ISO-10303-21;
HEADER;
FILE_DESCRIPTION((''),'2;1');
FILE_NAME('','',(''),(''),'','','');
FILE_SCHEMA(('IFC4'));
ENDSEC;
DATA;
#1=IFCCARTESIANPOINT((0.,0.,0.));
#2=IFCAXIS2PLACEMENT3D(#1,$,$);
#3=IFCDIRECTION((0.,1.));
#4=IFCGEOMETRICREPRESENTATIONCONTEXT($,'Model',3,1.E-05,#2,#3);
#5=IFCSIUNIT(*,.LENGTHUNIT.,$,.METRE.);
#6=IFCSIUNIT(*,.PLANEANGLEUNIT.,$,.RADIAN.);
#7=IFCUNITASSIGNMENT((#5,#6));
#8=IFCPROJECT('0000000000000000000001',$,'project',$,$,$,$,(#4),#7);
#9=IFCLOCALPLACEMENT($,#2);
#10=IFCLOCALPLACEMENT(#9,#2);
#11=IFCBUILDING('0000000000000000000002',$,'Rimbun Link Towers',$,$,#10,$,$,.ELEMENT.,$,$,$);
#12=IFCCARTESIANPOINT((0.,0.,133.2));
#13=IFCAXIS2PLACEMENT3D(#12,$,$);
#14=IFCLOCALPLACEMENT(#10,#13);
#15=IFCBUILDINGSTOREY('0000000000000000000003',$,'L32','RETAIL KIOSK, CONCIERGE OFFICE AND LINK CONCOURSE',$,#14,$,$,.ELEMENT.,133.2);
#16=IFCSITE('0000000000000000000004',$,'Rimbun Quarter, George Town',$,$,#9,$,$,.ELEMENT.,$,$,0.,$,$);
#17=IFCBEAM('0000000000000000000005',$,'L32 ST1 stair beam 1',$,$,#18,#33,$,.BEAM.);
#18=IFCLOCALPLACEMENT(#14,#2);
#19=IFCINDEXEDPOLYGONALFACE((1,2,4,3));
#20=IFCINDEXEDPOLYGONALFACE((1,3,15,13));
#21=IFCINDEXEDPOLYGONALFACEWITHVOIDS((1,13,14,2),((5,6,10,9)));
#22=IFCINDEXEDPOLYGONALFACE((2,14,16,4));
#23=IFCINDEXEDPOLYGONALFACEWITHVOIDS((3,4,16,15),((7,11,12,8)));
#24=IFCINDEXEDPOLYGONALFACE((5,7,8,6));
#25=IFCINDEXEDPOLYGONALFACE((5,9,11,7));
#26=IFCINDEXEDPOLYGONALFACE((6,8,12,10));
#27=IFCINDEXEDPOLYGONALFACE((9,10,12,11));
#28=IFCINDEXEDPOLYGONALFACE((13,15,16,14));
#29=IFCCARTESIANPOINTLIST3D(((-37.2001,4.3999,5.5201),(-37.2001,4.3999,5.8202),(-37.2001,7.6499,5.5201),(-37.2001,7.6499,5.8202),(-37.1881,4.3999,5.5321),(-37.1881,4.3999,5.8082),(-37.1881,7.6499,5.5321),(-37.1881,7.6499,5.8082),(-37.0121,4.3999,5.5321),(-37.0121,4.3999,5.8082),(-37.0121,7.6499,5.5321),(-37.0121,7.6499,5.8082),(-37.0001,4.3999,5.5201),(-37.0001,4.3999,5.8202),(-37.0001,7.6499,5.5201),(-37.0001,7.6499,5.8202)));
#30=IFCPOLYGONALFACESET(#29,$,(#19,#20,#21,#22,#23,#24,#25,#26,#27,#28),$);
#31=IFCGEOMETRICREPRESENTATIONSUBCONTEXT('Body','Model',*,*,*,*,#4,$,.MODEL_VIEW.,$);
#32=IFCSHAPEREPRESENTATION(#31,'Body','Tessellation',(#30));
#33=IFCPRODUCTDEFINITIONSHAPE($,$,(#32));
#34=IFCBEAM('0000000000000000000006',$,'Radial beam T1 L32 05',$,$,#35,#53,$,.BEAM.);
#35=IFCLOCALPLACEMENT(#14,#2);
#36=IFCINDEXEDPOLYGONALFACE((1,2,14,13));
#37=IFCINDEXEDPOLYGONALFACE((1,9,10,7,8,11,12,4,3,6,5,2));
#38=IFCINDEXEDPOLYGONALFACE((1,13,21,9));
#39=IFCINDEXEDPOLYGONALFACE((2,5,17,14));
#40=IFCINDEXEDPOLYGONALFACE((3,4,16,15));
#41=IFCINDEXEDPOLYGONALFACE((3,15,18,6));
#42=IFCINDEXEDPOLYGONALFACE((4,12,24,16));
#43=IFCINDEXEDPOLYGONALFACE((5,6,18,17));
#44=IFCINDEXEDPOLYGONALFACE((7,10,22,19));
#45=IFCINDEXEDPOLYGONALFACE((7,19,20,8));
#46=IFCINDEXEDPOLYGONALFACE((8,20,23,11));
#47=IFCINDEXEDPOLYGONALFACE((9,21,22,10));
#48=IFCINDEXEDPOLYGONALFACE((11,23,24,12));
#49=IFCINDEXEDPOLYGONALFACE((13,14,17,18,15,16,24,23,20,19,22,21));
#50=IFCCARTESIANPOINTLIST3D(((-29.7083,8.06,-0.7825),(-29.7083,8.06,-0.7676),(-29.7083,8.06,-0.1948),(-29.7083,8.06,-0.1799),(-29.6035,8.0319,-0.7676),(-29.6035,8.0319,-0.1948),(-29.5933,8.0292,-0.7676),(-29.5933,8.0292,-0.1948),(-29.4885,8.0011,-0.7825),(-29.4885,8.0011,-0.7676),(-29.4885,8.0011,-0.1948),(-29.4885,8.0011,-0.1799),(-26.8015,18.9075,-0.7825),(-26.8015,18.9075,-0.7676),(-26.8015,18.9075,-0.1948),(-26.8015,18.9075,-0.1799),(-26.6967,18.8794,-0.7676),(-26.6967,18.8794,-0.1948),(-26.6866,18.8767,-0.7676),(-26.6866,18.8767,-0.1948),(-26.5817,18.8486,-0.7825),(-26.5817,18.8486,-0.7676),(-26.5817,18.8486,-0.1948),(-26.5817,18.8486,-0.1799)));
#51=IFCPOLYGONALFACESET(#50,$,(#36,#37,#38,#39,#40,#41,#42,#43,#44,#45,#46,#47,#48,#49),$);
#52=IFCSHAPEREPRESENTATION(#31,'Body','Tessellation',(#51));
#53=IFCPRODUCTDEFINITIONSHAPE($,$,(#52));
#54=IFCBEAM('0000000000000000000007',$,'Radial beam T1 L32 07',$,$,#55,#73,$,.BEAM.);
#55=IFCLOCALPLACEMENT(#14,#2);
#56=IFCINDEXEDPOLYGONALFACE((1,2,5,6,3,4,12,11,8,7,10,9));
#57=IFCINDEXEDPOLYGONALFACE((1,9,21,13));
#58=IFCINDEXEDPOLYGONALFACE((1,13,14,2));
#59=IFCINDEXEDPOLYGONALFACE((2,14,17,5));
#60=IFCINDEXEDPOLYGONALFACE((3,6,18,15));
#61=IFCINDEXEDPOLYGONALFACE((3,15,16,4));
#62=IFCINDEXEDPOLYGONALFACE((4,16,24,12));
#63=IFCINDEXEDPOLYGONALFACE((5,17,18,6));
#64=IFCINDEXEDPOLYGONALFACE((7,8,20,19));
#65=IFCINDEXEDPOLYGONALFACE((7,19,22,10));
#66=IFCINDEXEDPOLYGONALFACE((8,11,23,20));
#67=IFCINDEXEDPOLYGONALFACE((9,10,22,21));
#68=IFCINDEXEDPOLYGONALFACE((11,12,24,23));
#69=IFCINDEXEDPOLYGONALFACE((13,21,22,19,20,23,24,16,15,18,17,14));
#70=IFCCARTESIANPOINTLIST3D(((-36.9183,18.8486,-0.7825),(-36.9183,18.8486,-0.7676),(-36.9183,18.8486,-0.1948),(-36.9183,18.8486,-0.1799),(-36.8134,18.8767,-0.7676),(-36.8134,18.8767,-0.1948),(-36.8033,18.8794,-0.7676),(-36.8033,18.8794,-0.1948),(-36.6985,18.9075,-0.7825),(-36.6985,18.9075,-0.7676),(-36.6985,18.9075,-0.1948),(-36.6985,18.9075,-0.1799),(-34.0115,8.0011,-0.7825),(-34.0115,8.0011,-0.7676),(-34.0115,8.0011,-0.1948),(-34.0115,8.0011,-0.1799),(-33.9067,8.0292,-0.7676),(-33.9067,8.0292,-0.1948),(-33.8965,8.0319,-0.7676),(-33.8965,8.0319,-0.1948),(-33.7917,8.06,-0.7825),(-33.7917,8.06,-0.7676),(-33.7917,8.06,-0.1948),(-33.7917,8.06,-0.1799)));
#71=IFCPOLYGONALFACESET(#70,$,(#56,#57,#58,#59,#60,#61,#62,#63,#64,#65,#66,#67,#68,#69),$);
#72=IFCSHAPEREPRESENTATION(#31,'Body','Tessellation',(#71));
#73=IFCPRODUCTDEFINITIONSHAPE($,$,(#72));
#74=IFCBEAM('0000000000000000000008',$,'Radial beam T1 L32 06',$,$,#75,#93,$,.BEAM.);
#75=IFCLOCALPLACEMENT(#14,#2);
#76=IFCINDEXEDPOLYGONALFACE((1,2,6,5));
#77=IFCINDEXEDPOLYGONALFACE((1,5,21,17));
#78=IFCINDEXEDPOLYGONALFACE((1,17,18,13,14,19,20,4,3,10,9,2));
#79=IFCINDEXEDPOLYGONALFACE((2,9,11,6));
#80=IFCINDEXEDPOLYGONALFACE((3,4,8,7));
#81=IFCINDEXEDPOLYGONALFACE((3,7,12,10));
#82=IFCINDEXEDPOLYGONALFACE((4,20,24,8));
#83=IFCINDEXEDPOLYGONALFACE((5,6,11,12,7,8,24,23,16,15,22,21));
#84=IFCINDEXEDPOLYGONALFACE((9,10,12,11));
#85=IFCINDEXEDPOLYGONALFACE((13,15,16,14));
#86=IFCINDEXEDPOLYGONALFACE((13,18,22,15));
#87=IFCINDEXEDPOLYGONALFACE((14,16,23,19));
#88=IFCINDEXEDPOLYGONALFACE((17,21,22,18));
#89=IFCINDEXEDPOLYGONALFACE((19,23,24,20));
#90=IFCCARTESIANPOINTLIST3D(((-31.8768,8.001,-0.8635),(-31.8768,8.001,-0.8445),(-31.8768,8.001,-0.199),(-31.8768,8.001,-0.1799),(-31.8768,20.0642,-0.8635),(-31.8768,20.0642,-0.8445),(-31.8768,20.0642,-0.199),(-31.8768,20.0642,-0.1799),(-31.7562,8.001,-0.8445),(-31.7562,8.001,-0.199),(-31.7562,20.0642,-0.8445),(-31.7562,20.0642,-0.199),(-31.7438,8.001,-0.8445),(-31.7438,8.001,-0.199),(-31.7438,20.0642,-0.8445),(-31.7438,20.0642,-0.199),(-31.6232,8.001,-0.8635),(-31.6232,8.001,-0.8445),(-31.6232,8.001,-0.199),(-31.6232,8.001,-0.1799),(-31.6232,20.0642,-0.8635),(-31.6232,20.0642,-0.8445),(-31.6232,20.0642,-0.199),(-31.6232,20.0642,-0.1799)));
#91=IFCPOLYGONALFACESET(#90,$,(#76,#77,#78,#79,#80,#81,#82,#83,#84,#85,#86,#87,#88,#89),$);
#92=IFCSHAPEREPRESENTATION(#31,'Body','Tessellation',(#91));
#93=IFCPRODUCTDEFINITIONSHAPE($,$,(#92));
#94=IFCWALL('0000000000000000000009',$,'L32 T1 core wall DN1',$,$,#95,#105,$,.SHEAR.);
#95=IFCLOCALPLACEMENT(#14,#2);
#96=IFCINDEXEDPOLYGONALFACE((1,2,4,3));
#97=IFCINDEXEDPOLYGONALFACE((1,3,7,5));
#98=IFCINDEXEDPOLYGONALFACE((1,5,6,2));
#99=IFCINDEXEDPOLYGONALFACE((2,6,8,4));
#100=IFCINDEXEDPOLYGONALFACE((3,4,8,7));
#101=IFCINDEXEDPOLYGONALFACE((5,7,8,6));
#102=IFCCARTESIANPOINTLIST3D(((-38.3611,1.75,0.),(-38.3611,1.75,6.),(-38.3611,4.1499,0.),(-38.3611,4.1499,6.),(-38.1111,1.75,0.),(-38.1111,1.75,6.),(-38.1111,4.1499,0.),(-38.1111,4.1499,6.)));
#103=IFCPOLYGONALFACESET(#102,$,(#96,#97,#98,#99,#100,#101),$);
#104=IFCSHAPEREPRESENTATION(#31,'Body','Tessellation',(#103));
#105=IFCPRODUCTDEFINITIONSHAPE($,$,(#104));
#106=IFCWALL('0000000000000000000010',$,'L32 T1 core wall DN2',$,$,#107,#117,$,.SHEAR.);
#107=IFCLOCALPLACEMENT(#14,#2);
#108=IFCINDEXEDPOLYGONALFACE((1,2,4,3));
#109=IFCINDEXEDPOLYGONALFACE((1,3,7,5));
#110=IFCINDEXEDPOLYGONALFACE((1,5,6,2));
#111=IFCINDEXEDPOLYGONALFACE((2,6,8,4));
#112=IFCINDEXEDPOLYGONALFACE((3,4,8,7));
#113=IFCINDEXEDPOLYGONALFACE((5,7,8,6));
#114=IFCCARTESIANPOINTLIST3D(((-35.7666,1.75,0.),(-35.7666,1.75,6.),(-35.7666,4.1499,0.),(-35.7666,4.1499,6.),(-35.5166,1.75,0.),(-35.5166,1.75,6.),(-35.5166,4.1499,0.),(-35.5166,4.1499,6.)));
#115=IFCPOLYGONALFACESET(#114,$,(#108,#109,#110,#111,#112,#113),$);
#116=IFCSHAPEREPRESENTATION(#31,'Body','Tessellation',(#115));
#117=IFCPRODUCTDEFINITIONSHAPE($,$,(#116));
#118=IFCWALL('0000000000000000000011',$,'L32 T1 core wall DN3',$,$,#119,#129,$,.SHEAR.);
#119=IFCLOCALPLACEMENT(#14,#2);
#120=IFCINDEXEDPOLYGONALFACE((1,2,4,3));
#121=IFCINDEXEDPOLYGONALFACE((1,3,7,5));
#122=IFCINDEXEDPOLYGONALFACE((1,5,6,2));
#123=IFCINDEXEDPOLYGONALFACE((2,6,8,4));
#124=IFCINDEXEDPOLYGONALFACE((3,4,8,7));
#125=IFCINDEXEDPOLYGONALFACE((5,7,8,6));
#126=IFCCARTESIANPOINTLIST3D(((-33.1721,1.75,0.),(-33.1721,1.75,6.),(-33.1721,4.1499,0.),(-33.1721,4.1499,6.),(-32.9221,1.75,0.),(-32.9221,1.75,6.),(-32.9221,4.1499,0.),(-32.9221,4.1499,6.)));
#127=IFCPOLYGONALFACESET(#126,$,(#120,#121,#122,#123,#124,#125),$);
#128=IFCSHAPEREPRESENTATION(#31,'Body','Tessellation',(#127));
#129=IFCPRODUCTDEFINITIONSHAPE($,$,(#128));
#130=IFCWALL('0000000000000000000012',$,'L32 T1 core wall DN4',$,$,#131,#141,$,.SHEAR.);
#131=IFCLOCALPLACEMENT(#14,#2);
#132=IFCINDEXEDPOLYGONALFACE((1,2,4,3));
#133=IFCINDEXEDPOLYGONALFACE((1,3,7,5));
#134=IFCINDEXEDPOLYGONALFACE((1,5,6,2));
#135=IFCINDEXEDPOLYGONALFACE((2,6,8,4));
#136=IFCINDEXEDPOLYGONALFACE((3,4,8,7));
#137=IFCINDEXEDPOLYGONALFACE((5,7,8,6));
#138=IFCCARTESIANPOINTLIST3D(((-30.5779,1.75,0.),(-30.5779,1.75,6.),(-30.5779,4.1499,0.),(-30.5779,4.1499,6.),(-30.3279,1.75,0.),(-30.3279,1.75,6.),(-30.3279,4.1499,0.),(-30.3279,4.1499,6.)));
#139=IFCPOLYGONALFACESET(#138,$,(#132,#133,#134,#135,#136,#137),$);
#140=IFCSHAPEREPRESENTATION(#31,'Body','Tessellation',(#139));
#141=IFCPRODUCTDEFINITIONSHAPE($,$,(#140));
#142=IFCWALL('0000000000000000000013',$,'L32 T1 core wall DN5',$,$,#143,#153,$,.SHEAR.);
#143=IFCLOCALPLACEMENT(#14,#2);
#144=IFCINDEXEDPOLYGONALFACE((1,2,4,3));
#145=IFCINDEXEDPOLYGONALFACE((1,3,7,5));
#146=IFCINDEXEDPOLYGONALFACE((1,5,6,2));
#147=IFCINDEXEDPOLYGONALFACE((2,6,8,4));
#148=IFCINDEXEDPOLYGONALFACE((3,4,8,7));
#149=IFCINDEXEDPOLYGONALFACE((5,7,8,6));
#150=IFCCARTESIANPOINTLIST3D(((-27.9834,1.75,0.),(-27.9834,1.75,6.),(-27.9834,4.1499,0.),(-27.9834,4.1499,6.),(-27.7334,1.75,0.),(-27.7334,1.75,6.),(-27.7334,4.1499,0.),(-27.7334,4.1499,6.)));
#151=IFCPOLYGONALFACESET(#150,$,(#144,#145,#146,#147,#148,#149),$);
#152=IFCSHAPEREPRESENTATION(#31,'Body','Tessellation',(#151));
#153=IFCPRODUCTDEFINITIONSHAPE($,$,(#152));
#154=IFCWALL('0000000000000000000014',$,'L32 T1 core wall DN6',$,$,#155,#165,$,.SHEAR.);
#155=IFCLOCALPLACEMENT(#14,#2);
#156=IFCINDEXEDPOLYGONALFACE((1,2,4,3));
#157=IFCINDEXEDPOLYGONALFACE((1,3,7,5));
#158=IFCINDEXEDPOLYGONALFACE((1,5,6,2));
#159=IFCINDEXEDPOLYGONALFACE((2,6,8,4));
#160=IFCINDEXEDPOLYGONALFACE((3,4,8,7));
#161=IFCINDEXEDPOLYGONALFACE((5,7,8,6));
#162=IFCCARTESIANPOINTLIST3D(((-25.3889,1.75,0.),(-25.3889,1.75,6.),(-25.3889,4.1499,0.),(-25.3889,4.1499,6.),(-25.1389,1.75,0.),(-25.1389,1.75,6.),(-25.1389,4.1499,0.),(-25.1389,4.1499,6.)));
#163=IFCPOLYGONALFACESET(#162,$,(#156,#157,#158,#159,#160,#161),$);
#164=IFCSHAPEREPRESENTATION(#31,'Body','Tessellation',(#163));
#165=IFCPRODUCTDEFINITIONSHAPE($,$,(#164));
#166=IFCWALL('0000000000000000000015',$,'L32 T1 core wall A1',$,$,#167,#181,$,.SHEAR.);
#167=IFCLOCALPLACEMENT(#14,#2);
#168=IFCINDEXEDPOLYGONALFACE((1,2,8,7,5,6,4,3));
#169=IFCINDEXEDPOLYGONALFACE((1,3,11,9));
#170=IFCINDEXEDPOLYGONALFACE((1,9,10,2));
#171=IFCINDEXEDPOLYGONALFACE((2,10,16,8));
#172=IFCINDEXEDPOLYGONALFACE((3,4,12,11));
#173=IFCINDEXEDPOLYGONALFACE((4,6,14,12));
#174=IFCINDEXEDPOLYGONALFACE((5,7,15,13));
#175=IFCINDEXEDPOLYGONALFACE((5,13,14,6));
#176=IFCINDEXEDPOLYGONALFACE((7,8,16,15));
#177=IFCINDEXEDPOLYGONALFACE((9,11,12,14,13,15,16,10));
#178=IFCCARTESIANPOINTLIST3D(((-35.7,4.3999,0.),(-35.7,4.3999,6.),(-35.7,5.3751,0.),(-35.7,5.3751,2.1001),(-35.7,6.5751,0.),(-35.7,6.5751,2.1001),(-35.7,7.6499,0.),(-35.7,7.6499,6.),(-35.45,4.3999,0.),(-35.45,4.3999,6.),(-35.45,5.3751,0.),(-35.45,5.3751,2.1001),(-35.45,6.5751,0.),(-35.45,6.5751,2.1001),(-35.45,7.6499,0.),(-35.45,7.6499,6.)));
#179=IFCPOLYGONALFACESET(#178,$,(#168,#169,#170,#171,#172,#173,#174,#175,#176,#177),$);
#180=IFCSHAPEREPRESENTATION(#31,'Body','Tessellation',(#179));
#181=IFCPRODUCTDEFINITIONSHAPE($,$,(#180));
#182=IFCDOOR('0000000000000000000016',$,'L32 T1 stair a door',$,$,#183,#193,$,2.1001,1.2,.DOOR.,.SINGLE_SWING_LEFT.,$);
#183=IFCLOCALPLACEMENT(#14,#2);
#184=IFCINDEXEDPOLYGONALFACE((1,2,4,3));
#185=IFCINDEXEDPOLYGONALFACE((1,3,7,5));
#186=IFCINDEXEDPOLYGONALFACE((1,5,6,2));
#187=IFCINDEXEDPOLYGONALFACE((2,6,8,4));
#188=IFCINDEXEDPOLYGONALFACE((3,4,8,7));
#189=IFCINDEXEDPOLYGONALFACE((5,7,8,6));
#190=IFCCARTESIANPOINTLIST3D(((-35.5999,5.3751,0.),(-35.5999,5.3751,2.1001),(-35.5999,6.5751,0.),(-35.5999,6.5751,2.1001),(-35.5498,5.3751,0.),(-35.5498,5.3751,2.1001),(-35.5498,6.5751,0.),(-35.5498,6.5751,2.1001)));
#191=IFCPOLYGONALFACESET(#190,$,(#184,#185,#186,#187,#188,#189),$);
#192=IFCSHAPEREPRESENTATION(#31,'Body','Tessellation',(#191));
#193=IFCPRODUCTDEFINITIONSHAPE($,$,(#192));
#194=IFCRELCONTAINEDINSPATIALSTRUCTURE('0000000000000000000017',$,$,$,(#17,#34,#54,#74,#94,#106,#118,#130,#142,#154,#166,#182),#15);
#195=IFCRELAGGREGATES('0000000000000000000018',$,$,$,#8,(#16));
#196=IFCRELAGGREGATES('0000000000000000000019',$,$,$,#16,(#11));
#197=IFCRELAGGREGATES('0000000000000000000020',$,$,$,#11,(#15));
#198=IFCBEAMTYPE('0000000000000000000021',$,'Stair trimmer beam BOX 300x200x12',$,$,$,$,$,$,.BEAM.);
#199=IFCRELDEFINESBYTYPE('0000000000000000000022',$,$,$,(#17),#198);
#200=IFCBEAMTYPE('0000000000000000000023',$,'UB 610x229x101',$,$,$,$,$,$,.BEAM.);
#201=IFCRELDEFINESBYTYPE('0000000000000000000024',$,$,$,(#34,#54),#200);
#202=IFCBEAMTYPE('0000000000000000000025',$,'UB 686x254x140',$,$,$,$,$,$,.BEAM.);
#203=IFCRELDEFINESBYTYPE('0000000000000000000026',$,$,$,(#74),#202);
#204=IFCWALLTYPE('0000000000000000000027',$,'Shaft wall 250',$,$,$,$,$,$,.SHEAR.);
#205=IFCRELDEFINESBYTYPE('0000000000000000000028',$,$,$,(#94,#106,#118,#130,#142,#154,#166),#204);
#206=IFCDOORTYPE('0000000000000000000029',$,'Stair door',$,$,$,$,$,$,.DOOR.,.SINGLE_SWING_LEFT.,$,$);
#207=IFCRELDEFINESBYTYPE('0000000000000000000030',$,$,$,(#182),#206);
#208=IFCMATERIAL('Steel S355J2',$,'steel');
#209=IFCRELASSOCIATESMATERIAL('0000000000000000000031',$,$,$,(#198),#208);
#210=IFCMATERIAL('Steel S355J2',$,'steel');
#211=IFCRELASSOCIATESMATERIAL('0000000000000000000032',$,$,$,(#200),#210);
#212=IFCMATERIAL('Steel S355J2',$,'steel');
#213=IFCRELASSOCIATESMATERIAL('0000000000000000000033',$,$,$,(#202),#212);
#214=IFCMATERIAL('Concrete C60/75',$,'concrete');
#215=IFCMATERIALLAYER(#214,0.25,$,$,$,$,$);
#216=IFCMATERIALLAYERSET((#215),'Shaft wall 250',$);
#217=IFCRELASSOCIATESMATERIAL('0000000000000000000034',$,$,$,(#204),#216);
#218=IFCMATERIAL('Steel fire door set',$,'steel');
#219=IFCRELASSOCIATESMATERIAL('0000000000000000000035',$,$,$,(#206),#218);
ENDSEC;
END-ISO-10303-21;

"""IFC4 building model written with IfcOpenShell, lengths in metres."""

from ifc_helpers import new_model, si_unit, direction, frame, frame_2d, origin, origin_2d, place, context, subcontext, project, spatial, rectangle, hollow_rectangle, i_section, extrude, material, layer, layer_set, material_profile, profile_set, type_object, element, fill, save


model = new_model("IFC4")

# Units and contexts
model_context = context("Model", 3, precision=1e-05, world=origin(), true_north=direction((0.0, 1.0)))
body_context = subcontext(model_context, "Body", "Model", "MODEL_VIEW")
ifc_project = project(units=[si_unit("LENGTHUNIT", "METRE"), si_unit("PLANEANGLEUNIT", "RADIAN")], contexts=[model_context])

# Site, building, storey
site_placement = place(None, origin())
site = spatial("IfcSite", under=ifc_project, at=site_placement, Name="Rimbun Quarter, George Town", CompositionType="ELEMENT", RefElevation=0.0)
building_placement = place(site_placement, origin())
building = spatial("IfcBuilding", under=site, at=building_placement, Name="Rimbun Link Towers", CompositionType="ELEMENT")
storey_placement = place(building_placement, frame((0.0, 0.0, 133.2)))
storey = spatial("IfcBuildingStorey", under=building, at=storey_placement, Name="L32", Description="RETAIL KIOSK, CONCIERGE OFFICE AND LINK CONCOURSE", CompositionType="ELEMENT", Elevation=133.2)

# Beams
ifc_material_1 = material(Name="Steel S355J2", Category="steel")
ifc_material_profile_1 = material_profile(ifc_material_1, hollow_rectangle(XDim=0.2, YDim=0.3, WallThickness=0.012, at=origin_2d()), Name="BOX 300x200x12")
ifc_profile_set_1 = profile_set([ifc_material_profile_1], Name="Steel S355J2")
beam_type_1 = type_object("IfcBeamType", Name="Stair trimmer beam BOX 300x200x12", PredefinedType="BEAM", material=ifc_profile_set_1)
beam_1_placement = place(storey_placement, frame((-37.1001, 7.6499, 5.6702), z_axis=(0.0, -1.0, 0.0), x_axis=(1.0, 0.0, 0.0)))
element("IfcBeam", 1, at=beam_1_placement, inside=storey, type_object=beam_type_1, Name="L32 ST1 stair beam 1", PredefinedType="BEAM", context=body_context, shape_type="SweptSolid", body=[
    extrude(hollow_rectangle(XDim=0.2, YDim=0.3, WallThickness=0.012, at=origin_2d()), origin(), (0.0, 0.0, 1.0), 3.25),
])
ifc_material_2 = material(Name="Steel S355J2", Category="steel")
ifc_material_profile_2 = material_profile(ifc_material_2, i_section(OverallWidth=0.2275, OverallDepth=0.6025, WebThickness=0.0105, FlangeThickness=0.0149, at=origin_2d()), Name="UB 610x229x101")
ifc_profile_set_2 = profile_set([ifc_material_profile_2], Name="Steel S355J2")
beam_type_2 = type_object("IfcBeamType", Name="UB 610x229x101", PredefinedType="BEAM", material=ifc_profile_set_2)
for number, where, z_axis, x_axis, name in (
    (2, (-29.5984, 8.0305, -0.4812), (0.258834, 0.965922, 0.0), (-0.965922, 0.258834, 0.0), "Radial beam T1 L32 05"),
    (3, (-33.9016, 8.0305, -0.4812), (-0.258834, 0.965922, 0.0), (-0.965922, -0.258834, 0.0), "Radial beam T1 L32 07"),
):
    element("IfcBeam", number, at=place(storey_placement, frame(where, z_axis=z_axis, x_axis=x_axis)), inside=storey, type_object=beam_type_2, Name=name, PredefinedType="BEAM", context=body_context, shape_type="SweptSolid", body=[
        extrude(i_section(OverallWidth=0.2275, OverallDepth=0.6025, WebThickness=0.0105, FlangeThickness=0.0149, at=origin_2d()), origin(), (0.0, 0.0, 1.0), 11.2302),
    ])
ifc_material_3 = material(Name="Steel S355J2", Category="steel")
ifc_material_profile_3 = material_profile(ifc_material_3, i_section(OverallWidth=0.2537, OverallDepth=0.6836, WebThickness=0.0125, FlangeThickness=0.019, at=origin_2d()), Name="UB 686x254x140")
ifc_profile_set_3 = profile_set([ifc_material_profile_3], Name="Steel S355J2")
beam_type_3 = type_object("IfcBeamType", Name="UB 686x254x140", PredefinedType="BEAM", material=ifc_profile_set_3)
beam_2_placement = place(storey_placement, frame((-31.75, 8.001, -0.5217), z_axis=(0.0, 1.0, 0.0), x_axis=(-1.0, 0.0, 0.0)))
element("IfcBeam", 4, at=beam_2_placement, inside=storey, type_object=beam_type_3, Name="Radial beam T1 L32 06", PredefinedType="BEAM", context=body_context, shape_type="SweptSolid", body=[
    extrude(i_section(OverallWidth=0.2537, OverallDepth=0.6836, WebThickness=0.0125, FlangeThickness=0.019, at=origin_2d()), origin(), (0.0, 0.0, 1.0), 12.0632),
])

# Walls
ifc_material_4 = material(Name="Concrete C60/75", Category="concrete")
ifc_layer = layer(ifc_material_4, 0.25)
ifc_layer_set = layer_set([ifc_layer], Name="Shaft wall 250")
wall_type = type_object("IfcWallType", Name="Shaft wall 250", PredefinedType="SHEAR", material=ifc_layer_set)
for number, where, z_axis, x_axis, name in (
    (5, (-38.2361, 1.75, 0.0), (0.0, 0.0, 1.0), (0.0, 1.0, 0.0), "L32 T1 core wall DN1"),
    (6, (-35.6416, 1.75, 0.0), (0.0, 0.0, 1.0), (0.0, 1.0, 0.0), "L32 T1 core wall DN2"),
    (7, (-33.0471, 1.75, 0.0), (0.0, 0.0, 1.0), (0.0, 1.0, 0.0), "L32 T1 core wall DN3"),
    (8, (-30.4529, 1.75, 0.0), (0.0, 0.0, 1.0), (0.0, 1.0, 0.0), "L32 T1 core wall DN4"),
    (9, (-27.8584, 1.75, 0.0), (0.0, 0.0, 1.0), (0.0, 1.0, 0.0), "L32 T1 core wall DN5"),
    (10, (-25.2639, 1.75, 0.0), (0.0, 0.0, 1.0), (0.0, 1.0, 0.0), "L32 T1 core wall DN6"),
):
    element("IfcWall", number, at=place(storey_placement, frame(where, z_axis=z_axis, x_axis=x_axis)), inside=storey, type_object=wall_type, Name=name, PredefinedType="SHEAR", context=body_context, shape_type="SweptSolid", body=[
        extrude(rectangle(XDim=2.3999, YDim=0.25, at=frame_2d((1.2, 0.0))), origin(), (0.0, 0.0, 1.0), 6.0),
    ])

# Wall, opening, door
wall_1_placement = place(storey_placement, frame((-35.575, 4.3999, 0.0), z_axis=(0.0, 0.0, 1.0), x_axis=(0.0, 1.0, 0.0)))
wall_1 = element("IfcWall", 11, at=wall_1_placement, inside=storey, type_object=wall_type, Name="L32 T1 core wall A1", PredefinedType="SHEAR", context=body_context, shape_type="SweptSolid", body=[
    extrude(rectangle(XDim=3.25, YDim=0.25, at=frame_2d((1.625, 0.0))), origin(), (0.0, 0.0, 1.0), 6.0),
])
opening_1_placement = place(wall_1_placement, frame((0.9751, 0.0, 0.0)))
opening_1 = element("IfcOpeningElement", 12, at=opening_1_placement, cuts=wall_1, PredefinedType="OPENING", context=body_context, shape_type="SweptSolid", body=[
    extrude(rectangle(XDim=1.2, YDim=2.1001, at=frame_2d((0.6001, 1.05))), frame((0.0, 0.135, 0.0), z_axis=(0.0, -1.0, 0.0), x_axis=(1.0, 0.0, 0.0)), (0.0, 0.0, 1.0), 0.27),
])
ifc_material_5 = material(Name="Steel fire door set", Category="steel")
door_type_1 = type_object("IfcDoorType", Name="Stair door", OperationType="SINGLE_SWING_LEFT", PredefinedType="DOOR", material=ifc_material_5)
door_1_placement = place(opening_1_placement, origin())
door_1 = element("IfcDoor", 13, at=door_1_placement, inside=storey, type_object=door_type_1, Name="L32 T1 stair a door", OperationType="SINGLE_SWING_LEFT", OverallHeight=2.1001, OverallWidth=1.2, PredefinedType="DOOR", context=body_context, shape_type="SweptSolid", body=[
    extrude(rectangle(XDim=1.2, YDim=2.1001, at=frame_2d((0.6001, 1.05))), frame((0.0, 0.0249, 0.0), z_axis=(0.0, -1.0, 0.0), x_axis=(1.0, 0.0, 0.0)), (0.0, 0.0, 1.0), 0.05),
])
fill(opening_1, door_1)

save(model, "model.ifc")
